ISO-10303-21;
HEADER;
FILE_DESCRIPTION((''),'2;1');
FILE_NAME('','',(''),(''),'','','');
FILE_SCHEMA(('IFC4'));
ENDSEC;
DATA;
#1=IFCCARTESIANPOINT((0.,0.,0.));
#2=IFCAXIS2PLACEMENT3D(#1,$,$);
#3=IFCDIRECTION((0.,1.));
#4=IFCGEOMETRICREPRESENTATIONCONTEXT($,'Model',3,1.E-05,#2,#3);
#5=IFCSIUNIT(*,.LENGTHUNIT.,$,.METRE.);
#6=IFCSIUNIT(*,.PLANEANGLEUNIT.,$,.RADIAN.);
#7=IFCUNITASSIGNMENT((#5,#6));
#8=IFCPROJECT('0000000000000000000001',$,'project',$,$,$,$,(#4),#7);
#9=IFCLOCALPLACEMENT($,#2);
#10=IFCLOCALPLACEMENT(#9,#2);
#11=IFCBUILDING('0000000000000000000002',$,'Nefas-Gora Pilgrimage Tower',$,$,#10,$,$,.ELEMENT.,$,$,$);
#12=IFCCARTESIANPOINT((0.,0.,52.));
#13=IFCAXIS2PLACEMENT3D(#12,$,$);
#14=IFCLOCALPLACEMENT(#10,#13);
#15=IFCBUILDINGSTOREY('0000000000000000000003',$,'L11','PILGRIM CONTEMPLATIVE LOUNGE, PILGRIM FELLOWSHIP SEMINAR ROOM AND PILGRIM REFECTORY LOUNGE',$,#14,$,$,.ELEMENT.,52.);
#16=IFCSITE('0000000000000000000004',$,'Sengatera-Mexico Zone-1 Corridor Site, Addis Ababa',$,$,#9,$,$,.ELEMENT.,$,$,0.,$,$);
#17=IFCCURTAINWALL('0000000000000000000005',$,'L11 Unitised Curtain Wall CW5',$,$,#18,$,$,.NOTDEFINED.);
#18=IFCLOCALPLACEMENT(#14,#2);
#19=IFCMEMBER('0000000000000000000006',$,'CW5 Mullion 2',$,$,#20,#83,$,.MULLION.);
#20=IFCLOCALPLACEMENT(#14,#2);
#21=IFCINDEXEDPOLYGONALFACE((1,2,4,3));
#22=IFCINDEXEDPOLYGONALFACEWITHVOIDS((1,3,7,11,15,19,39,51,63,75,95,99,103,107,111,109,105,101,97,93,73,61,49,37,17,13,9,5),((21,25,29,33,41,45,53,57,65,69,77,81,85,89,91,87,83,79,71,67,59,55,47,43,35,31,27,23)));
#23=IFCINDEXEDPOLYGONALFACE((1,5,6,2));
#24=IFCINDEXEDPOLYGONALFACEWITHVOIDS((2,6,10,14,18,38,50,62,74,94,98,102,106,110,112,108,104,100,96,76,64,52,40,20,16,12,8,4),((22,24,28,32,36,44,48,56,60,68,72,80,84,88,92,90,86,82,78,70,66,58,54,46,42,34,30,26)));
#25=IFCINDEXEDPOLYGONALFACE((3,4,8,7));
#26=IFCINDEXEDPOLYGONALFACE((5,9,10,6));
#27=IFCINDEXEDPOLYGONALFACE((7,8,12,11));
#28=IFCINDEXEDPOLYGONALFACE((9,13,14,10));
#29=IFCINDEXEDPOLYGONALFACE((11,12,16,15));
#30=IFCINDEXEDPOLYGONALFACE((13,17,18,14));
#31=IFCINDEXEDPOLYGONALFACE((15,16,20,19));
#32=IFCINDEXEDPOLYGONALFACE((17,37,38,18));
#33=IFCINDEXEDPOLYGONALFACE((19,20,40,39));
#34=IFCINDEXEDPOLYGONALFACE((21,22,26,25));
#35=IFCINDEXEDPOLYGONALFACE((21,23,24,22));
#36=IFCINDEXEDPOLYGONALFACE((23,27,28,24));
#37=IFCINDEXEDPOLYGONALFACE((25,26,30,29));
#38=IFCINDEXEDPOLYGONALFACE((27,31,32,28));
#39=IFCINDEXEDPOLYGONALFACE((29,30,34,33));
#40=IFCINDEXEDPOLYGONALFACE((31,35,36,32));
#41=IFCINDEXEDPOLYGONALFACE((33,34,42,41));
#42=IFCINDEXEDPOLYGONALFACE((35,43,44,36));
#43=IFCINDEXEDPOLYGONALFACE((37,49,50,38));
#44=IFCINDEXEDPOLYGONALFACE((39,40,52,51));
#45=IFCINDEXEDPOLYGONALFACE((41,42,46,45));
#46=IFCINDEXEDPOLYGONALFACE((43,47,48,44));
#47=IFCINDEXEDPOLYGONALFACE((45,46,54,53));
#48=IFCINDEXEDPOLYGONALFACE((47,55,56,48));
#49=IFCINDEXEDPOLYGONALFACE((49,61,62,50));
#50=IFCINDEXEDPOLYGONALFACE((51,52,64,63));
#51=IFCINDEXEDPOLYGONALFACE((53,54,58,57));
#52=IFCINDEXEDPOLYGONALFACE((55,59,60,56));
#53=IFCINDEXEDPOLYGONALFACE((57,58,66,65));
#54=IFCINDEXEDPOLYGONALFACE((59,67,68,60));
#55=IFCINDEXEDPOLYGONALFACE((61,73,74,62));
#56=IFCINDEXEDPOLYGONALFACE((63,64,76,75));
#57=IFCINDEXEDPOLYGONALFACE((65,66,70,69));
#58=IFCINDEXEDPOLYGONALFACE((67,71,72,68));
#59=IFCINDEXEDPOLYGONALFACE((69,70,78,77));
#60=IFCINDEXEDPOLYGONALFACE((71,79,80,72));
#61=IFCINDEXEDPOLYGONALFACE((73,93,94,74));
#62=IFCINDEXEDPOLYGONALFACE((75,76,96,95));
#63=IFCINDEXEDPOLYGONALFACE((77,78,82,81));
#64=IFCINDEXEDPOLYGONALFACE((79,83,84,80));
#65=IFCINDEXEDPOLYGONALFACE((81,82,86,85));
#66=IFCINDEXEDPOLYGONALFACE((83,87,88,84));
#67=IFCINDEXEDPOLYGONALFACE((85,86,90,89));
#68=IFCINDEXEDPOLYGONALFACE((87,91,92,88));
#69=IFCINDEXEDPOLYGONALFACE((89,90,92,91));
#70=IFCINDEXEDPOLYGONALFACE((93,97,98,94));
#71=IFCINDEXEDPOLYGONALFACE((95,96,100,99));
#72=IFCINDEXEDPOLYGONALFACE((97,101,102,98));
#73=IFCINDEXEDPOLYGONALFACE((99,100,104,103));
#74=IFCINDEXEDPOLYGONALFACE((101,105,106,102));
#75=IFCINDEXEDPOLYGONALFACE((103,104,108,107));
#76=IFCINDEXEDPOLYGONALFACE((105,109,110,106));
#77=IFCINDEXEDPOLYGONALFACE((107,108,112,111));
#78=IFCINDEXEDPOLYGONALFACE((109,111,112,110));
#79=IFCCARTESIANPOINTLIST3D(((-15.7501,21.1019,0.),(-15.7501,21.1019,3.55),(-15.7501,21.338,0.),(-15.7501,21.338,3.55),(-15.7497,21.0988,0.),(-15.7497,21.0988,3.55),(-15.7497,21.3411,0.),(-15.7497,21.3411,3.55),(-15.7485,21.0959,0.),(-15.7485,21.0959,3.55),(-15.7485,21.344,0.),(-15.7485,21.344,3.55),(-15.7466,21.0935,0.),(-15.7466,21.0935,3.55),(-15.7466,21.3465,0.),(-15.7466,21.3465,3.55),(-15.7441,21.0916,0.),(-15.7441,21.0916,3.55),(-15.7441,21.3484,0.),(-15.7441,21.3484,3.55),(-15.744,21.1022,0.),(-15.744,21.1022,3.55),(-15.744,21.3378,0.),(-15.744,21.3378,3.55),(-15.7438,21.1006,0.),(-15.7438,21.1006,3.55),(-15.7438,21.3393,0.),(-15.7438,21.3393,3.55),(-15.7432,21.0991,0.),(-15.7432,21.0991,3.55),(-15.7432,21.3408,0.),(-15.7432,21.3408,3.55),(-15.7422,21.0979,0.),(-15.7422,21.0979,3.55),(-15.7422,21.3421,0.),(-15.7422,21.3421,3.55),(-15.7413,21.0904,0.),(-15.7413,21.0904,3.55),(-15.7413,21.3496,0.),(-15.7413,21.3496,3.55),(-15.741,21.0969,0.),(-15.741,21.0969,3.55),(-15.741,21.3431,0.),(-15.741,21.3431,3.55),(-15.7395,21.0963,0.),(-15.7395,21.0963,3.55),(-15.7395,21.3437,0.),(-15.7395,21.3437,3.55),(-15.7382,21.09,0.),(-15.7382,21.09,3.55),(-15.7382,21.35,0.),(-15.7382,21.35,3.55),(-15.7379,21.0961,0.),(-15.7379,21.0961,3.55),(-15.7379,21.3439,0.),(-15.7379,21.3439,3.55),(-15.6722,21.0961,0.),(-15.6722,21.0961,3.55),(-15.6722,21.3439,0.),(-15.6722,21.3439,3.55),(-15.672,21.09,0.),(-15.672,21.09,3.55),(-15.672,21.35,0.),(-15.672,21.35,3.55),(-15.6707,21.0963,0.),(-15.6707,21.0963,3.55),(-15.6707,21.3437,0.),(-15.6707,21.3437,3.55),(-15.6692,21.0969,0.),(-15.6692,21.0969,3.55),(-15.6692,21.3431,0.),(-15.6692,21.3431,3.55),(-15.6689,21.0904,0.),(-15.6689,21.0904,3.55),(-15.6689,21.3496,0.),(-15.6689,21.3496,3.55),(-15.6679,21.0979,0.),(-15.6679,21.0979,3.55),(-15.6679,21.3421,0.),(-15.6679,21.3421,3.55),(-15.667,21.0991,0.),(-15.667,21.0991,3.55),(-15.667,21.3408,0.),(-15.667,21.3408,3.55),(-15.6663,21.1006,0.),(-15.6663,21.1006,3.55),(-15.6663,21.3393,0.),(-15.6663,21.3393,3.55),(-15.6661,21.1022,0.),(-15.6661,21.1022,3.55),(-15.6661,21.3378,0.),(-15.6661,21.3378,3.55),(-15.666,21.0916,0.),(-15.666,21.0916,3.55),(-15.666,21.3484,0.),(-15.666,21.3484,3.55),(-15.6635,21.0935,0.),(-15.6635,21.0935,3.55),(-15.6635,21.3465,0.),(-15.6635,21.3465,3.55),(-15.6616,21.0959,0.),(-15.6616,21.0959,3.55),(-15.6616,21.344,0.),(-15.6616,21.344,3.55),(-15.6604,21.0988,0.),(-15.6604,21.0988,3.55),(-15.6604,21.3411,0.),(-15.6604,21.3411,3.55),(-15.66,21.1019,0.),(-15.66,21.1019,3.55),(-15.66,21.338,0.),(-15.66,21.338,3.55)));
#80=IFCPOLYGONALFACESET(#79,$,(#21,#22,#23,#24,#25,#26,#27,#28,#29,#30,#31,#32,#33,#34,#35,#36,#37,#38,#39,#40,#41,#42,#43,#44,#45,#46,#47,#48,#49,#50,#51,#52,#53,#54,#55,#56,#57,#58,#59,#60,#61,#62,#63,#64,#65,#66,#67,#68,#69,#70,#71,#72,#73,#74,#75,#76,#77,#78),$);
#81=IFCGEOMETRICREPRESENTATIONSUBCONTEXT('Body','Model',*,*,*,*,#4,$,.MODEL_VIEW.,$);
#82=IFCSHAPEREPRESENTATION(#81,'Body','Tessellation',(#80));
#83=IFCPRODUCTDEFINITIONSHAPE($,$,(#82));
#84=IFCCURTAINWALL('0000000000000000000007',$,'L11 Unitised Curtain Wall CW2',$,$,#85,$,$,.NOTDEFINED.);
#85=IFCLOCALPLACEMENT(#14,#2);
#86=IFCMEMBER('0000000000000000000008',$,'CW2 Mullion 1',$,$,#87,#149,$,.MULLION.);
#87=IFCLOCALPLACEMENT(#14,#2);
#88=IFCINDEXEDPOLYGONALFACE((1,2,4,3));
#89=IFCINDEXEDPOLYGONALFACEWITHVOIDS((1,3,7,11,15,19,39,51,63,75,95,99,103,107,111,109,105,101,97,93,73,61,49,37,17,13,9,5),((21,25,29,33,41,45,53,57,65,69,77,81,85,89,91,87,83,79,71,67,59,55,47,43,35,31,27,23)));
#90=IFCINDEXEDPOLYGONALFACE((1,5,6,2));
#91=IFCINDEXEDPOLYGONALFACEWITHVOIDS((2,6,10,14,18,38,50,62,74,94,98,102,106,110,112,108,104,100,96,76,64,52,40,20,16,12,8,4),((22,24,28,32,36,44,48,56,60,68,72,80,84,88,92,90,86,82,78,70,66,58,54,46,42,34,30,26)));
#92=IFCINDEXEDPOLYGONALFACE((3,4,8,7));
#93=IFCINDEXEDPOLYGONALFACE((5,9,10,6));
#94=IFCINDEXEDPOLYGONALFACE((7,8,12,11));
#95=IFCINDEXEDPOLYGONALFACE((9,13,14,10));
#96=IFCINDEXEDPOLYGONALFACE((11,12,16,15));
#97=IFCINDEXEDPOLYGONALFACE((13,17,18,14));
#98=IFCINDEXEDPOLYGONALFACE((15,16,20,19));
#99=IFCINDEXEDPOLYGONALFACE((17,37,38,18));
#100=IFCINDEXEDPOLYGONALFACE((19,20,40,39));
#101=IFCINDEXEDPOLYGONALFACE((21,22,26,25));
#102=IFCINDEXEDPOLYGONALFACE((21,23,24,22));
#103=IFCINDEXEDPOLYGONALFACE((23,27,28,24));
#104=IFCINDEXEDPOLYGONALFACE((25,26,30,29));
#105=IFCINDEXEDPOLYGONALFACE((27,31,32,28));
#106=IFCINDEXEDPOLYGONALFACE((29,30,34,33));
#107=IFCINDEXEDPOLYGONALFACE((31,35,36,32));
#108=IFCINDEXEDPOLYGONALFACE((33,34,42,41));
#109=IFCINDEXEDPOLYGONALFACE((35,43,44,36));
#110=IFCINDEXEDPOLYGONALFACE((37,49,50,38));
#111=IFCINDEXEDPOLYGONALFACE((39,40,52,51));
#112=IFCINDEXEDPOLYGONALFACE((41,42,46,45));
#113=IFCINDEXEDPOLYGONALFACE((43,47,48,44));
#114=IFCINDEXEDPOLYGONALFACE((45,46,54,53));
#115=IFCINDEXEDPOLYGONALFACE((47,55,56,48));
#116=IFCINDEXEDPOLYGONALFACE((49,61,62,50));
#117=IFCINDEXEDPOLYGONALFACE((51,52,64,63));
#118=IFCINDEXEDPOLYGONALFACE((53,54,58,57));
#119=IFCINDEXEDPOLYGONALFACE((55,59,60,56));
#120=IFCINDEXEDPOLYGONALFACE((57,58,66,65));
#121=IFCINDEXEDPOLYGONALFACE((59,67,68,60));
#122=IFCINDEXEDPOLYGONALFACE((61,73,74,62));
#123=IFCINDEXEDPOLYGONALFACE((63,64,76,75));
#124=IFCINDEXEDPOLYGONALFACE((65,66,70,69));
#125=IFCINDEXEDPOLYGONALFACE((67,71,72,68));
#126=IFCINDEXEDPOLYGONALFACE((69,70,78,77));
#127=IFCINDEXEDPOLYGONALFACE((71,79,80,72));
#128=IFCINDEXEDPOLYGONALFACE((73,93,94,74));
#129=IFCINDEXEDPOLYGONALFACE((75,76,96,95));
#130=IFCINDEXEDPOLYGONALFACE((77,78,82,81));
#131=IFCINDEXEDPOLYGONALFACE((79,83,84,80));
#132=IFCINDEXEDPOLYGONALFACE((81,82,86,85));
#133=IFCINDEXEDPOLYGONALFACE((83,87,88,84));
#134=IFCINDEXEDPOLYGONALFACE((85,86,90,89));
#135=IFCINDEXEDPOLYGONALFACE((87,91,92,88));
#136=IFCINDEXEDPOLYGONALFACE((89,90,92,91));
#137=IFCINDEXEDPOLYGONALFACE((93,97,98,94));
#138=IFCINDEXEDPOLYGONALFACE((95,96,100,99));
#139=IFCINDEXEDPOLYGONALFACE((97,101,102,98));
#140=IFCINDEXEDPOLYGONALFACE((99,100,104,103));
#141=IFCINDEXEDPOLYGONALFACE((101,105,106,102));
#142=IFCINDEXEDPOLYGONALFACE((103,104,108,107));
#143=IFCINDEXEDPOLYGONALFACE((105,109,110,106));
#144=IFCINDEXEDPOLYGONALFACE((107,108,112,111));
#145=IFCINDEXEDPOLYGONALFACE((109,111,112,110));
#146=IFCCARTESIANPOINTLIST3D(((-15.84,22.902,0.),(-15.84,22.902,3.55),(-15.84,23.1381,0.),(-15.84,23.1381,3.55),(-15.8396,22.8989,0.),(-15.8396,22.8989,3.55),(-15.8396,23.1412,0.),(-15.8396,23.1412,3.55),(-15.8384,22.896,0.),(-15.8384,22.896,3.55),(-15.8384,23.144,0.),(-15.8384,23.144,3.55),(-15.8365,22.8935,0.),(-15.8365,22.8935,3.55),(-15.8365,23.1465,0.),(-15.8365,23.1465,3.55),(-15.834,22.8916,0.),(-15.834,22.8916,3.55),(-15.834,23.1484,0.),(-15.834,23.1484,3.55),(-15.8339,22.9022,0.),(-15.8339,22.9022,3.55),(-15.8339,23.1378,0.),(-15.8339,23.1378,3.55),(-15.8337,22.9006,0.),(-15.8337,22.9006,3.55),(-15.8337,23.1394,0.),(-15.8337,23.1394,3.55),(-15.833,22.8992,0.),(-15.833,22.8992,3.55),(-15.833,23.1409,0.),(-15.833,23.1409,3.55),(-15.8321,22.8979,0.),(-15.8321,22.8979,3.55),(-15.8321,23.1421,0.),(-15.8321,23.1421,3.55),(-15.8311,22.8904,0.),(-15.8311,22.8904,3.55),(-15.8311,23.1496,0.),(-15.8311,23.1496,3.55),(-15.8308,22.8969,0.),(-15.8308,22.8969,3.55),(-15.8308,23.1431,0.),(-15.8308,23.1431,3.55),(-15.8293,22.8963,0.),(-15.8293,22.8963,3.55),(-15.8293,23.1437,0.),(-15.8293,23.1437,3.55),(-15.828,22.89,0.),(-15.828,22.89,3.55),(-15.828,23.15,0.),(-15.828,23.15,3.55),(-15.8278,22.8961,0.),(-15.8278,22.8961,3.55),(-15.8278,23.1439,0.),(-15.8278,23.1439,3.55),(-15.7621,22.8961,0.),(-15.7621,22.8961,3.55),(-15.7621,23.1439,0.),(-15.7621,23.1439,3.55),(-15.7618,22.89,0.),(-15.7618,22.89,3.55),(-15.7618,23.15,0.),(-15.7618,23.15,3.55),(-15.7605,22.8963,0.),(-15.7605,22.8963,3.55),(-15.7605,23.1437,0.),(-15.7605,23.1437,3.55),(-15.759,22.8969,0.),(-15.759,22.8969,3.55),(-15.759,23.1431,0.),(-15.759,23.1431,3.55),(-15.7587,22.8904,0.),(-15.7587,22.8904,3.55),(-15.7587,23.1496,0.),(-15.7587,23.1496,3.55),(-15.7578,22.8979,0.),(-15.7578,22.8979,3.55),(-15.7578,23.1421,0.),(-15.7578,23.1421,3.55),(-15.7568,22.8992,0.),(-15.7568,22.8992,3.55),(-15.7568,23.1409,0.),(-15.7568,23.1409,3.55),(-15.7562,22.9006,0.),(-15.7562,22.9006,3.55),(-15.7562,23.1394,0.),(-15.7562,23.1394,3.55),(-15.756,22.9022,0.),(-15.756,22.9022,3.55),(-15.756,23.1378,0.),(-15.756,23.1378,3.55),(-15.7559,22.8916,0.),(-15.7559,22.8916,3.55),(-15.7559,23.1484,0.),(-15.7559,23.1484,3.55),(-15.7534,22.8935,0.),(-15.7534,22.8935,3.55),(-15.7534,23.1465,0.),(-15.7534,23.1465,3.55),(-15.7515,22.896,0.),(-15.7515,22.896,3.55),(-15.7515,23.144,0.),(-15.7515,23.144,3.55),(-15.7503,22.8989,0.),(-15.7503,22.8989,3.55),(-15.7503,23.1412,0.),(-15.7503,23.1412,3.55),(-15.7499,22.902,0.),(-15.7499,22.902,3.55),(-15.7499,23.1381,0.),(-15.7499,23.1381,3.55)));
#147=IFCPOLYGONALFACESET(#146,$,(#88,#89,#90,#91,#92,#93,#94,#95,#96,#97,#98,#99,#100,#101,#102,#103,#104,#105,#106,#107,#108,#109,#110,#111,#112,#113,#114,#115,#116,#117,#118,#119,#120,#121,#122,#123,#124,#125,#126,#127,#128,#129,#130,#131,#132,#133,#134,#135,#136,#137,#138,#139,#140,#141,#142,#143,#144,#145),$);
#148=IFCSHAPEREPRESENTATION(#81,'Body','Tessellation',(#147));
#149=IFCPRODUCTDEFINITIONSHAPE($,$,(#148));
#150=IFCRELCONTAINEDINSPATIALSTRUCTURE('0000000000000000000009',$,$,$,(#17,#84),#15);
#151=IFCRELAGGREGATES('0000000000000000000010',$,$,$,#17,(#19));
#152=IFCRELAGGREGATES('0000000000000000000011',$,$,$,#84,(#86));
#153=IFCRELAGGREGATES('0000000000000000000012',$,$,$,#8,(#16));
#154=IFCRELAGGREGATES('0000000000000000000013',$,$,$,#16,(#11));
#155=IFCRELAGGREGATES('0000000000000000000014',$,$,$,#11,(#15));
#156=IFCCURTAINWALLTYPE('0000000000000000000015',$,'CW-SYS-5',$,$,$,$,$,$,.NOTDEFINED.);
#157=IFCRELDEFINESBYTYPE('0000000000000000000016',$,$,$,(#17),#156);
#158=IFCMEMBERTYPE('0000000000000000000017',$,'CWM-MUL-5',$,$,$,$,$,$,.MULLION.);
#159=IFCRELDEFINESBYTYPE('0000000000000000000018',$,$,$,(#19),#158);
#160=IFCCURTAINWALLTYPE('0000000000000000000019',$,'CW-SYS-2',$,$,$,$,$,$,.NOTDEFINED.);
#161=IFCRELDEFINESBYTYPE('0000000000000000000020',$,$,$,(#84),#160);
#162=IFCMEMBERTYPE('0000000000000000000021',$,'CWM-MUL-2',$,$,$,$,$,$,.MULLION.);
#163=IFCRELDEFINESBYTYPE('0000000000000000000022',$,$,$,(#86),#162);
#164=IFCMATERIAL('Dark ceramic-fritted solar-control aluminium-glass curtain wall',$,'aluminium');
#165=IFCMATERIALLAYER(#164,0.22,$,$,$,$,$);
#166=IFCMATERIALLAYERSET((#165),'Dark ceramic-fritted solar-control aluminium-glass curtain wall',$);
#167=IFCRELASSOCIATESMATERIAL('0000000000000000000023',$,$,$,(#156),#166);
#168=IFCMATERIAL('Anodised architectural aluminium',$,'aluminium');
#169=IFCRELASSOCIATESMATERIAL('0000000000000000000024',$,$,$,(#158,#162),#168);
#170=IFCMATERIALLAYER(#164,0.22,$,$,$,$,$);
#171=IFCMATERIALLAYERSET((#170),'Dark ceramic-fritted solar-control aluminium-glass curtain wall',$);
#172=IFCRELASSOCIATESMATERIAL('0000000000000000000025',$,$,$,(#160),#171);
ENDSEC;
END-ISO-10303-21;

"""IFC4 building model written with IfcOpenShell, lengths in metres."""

from ifc_helpers import new_model, si_unit, direction, frame, origin, origin_2d, place, context, subcontext, project, spatial, hollow_rectangle, extrude, source, transform, mapped, material, layer, layer_set, material_profile, profile_set, type_object, element, aggregate, save


model = new_model("IFC4")

# Units and contexts
model_context = context("Model", 3, precision=1e-05, world=origin(), true_north=direction((0.0, 1.0)))
body_context = subcontext(model_context, "Body", "Model", "MODEL_VIEW")
ifc_project = project(units=[si_unit("LENGTHUNIT", "METRE"), si_unit("PLANEANGLEUNIT", "RADIAN")], contexts=[model_context])

# Site, building, storey
site_placement = place(None, origin())
site = spatial("IfcSite", under=ifc_project, at=site_placement, Name="Sengatera-Mexico Zone-1 Corridor Site, Addis Ababa", CompositionType="ELEMENT", RefElevation=0.0)
building_placement = place(site_placement, origin())
building = spatial("IfcBuilding", under=site, at=building_placement, Name="Nefas-Gora Pilgrimage Tower", CompositionType="ELEMENT")
storey_placement = place(building_placement, frame((0.0, 0.0, 52.0)))
storey = spatial("IfcBuildingStorey", under=building, at=storey_placement, Name="L11", Description="PILGRIM CONTEMPLATIVE LOUNGE, PILGRIM FELLOWSHIP SEMINAR ROOM AND PILGRIM REFECTORY LOUNGE", CompositionType="ELEMENT", Elevation=52.0)

# Curtain wall, member
ifc_material_1 = material(Name="Dark ceramic-fritted solar-control aluminium-glass curtain wall", Category="aluminium")
ifc_layer_1 = layer(ifc_material_1, 0.22)
ifc_layer_set_1 = layer_set([ifc_layer_1], Name="Dark ceramic-fritted solar-control aluminium-glass curtain wall")
curtain_wall_type_1 = type_object("IfcCurtainWallType", Name="CW-SYS-5", PredefinedType="NOTDEFINED", material=ifc_layer_set_1)
curtain_wall_1_placement = place(storey_placement, origin())
curtain_wall_1 = element("IfcCurtainWall", 1, at=curtain_wall_1_placement, inside=storey, type_object=curtain_wall_type_1, Name="L11 Unitised Curtain Wall CW5", PredefinedType="NOTDEFINED")
ifc_material_2 = material(Name="Anodised architectural aluminium", Category="aluminium")
ifc_material_profile_1 = material_profile(ifc_material_2, hollow_rectangle(XDim=0.0901, YDim=0.26, WallThickness=0.0061, InnerFilletRadius=0.0061, OuterFilletRadius=0.012, at=origin_2d()), Name="ALU MULLION 90x260")
ifc_profile_set_1 = profile_set([ifc_material_profile_1], Name="Anodised architectural aluminium")
member_type_1 = type_object("IfcMemberType", Name="CWM-MUL-5", PredefinedType="MULLION", material=ifc_profile_set_1)
shared_shape_1 = source(origin(), body_context, "Body", "SweptSolid", [
    extrude(hollow_rectangle(XDim=0.0901, YDim=0.26, WallThickness=0.0061, InnerFilletRadius=0.0061, OuterFilletRadius=0.012, at=origin_2d()), origin(), (0.0, 0.0, 1.0), 3.55),
])
member_1_placement = place(storey_placement, frame((-15.7051, 21.22, 0.0), z_axis=(0.0, 0.0, 1.0), x_axis=(-1.0, 0.0, 0.0)))
member_1 = element("IfcMember", 2, at=member_1_placement, type_object=member_type_1, Name="CW5 Mullion 2", PredefinedType="MULLION", context=body_context, shape_type="MappedRepresentation", body=[
    mapped(shared_shape_1, transform((0.0, 0.0, 0.0), x_axis=(1.0, 0.0, 0.0), y_axis=(0.0, 1.0, 0.0), z_axis=(0.0, 0.0, 1.0), scale=1.0)),
])

# Curtain wall, member
ifc_layer_2 = layer(ifc_material_1, 0.22)
ifc_layer_set_2 = layer_set([ifc_layer_2], Name="Dark ceramic-fritted solar-control aluminium-glass curtain wall")
curtain_wall_type_2 = type_object("IfcCurtainWallType", Name="CW-SYS-2", PredefinedType="NOTDEFINED", material=ifc_layer_set_2)
curtain_wall_2_placement = place(storey_placement, origin())
curtain_wall_2 = element("IfcCurtainWall", 3, at=curtain_wall_2_placement, inside=storey, type_object=curtain_wall_type_2, Name="L11 Unitised Curtain Wall CW2", PredefinedType="NOTDEFINED")
ifc_material_profile_2 = material_profile(ifc_material_2, hollow_rectangle(XDim=0.0901, YDim=0.26, WallThickness=0.0061, InnerFilletRadius=0.0061, OuterFilletRadius=0.012, at=origin_2d()), Name="ALU MULLION 90x260")
ifc_profile_set_2 = profile_set([ifc_material_profile_2], Name="Anodised architectural aluminium")
member_type_2 = type_object("IfcMemberType", Name="CWM-MUL-2", PredefinedType="MULLION", material=ifc_profile_set_2)
shared_shape_2 = source(origin(), body_context, "Body", "SweptSolid", [
    extrude(hollow_rectangle(XDim=0.0901, YDim=0.26, WallThickness=0.0061, InnerFilletRadius=0.0061, OuterFilletRadius=0.012, at=origin_2d()), origin(), (0.0, 0.0, 1.0), 3.55),
])
member_2_placement = place(storey_placement, frame((-15.7949, 23.02, 0.0), z_axis=(0.0, 0.0, 1.0), x_axis=(-1.0, 0.0, 0.0)))
member_2 = element("IfcMember", 4, at=member_2_placement, type_object=member_type_2, Name="CW2 Mullion 1", PredefinedType="MULLION", context=body_context, shape_type="MappedRepresentation", body=[
    mapped(shared_shape_2, transform((0.0, 0.0, 0.0), x_axis=(1.0, 0.0, 0.0), y_axis=(0.0, 1.0, 0.0), z_axis=(0.0, 0.0, 1.0), scale=1.0)),
])

aggregate(curtain_wall_1, [member_1])
aggregate(curtain_wall_2, [member_2])

save(model, "model.ifc")
